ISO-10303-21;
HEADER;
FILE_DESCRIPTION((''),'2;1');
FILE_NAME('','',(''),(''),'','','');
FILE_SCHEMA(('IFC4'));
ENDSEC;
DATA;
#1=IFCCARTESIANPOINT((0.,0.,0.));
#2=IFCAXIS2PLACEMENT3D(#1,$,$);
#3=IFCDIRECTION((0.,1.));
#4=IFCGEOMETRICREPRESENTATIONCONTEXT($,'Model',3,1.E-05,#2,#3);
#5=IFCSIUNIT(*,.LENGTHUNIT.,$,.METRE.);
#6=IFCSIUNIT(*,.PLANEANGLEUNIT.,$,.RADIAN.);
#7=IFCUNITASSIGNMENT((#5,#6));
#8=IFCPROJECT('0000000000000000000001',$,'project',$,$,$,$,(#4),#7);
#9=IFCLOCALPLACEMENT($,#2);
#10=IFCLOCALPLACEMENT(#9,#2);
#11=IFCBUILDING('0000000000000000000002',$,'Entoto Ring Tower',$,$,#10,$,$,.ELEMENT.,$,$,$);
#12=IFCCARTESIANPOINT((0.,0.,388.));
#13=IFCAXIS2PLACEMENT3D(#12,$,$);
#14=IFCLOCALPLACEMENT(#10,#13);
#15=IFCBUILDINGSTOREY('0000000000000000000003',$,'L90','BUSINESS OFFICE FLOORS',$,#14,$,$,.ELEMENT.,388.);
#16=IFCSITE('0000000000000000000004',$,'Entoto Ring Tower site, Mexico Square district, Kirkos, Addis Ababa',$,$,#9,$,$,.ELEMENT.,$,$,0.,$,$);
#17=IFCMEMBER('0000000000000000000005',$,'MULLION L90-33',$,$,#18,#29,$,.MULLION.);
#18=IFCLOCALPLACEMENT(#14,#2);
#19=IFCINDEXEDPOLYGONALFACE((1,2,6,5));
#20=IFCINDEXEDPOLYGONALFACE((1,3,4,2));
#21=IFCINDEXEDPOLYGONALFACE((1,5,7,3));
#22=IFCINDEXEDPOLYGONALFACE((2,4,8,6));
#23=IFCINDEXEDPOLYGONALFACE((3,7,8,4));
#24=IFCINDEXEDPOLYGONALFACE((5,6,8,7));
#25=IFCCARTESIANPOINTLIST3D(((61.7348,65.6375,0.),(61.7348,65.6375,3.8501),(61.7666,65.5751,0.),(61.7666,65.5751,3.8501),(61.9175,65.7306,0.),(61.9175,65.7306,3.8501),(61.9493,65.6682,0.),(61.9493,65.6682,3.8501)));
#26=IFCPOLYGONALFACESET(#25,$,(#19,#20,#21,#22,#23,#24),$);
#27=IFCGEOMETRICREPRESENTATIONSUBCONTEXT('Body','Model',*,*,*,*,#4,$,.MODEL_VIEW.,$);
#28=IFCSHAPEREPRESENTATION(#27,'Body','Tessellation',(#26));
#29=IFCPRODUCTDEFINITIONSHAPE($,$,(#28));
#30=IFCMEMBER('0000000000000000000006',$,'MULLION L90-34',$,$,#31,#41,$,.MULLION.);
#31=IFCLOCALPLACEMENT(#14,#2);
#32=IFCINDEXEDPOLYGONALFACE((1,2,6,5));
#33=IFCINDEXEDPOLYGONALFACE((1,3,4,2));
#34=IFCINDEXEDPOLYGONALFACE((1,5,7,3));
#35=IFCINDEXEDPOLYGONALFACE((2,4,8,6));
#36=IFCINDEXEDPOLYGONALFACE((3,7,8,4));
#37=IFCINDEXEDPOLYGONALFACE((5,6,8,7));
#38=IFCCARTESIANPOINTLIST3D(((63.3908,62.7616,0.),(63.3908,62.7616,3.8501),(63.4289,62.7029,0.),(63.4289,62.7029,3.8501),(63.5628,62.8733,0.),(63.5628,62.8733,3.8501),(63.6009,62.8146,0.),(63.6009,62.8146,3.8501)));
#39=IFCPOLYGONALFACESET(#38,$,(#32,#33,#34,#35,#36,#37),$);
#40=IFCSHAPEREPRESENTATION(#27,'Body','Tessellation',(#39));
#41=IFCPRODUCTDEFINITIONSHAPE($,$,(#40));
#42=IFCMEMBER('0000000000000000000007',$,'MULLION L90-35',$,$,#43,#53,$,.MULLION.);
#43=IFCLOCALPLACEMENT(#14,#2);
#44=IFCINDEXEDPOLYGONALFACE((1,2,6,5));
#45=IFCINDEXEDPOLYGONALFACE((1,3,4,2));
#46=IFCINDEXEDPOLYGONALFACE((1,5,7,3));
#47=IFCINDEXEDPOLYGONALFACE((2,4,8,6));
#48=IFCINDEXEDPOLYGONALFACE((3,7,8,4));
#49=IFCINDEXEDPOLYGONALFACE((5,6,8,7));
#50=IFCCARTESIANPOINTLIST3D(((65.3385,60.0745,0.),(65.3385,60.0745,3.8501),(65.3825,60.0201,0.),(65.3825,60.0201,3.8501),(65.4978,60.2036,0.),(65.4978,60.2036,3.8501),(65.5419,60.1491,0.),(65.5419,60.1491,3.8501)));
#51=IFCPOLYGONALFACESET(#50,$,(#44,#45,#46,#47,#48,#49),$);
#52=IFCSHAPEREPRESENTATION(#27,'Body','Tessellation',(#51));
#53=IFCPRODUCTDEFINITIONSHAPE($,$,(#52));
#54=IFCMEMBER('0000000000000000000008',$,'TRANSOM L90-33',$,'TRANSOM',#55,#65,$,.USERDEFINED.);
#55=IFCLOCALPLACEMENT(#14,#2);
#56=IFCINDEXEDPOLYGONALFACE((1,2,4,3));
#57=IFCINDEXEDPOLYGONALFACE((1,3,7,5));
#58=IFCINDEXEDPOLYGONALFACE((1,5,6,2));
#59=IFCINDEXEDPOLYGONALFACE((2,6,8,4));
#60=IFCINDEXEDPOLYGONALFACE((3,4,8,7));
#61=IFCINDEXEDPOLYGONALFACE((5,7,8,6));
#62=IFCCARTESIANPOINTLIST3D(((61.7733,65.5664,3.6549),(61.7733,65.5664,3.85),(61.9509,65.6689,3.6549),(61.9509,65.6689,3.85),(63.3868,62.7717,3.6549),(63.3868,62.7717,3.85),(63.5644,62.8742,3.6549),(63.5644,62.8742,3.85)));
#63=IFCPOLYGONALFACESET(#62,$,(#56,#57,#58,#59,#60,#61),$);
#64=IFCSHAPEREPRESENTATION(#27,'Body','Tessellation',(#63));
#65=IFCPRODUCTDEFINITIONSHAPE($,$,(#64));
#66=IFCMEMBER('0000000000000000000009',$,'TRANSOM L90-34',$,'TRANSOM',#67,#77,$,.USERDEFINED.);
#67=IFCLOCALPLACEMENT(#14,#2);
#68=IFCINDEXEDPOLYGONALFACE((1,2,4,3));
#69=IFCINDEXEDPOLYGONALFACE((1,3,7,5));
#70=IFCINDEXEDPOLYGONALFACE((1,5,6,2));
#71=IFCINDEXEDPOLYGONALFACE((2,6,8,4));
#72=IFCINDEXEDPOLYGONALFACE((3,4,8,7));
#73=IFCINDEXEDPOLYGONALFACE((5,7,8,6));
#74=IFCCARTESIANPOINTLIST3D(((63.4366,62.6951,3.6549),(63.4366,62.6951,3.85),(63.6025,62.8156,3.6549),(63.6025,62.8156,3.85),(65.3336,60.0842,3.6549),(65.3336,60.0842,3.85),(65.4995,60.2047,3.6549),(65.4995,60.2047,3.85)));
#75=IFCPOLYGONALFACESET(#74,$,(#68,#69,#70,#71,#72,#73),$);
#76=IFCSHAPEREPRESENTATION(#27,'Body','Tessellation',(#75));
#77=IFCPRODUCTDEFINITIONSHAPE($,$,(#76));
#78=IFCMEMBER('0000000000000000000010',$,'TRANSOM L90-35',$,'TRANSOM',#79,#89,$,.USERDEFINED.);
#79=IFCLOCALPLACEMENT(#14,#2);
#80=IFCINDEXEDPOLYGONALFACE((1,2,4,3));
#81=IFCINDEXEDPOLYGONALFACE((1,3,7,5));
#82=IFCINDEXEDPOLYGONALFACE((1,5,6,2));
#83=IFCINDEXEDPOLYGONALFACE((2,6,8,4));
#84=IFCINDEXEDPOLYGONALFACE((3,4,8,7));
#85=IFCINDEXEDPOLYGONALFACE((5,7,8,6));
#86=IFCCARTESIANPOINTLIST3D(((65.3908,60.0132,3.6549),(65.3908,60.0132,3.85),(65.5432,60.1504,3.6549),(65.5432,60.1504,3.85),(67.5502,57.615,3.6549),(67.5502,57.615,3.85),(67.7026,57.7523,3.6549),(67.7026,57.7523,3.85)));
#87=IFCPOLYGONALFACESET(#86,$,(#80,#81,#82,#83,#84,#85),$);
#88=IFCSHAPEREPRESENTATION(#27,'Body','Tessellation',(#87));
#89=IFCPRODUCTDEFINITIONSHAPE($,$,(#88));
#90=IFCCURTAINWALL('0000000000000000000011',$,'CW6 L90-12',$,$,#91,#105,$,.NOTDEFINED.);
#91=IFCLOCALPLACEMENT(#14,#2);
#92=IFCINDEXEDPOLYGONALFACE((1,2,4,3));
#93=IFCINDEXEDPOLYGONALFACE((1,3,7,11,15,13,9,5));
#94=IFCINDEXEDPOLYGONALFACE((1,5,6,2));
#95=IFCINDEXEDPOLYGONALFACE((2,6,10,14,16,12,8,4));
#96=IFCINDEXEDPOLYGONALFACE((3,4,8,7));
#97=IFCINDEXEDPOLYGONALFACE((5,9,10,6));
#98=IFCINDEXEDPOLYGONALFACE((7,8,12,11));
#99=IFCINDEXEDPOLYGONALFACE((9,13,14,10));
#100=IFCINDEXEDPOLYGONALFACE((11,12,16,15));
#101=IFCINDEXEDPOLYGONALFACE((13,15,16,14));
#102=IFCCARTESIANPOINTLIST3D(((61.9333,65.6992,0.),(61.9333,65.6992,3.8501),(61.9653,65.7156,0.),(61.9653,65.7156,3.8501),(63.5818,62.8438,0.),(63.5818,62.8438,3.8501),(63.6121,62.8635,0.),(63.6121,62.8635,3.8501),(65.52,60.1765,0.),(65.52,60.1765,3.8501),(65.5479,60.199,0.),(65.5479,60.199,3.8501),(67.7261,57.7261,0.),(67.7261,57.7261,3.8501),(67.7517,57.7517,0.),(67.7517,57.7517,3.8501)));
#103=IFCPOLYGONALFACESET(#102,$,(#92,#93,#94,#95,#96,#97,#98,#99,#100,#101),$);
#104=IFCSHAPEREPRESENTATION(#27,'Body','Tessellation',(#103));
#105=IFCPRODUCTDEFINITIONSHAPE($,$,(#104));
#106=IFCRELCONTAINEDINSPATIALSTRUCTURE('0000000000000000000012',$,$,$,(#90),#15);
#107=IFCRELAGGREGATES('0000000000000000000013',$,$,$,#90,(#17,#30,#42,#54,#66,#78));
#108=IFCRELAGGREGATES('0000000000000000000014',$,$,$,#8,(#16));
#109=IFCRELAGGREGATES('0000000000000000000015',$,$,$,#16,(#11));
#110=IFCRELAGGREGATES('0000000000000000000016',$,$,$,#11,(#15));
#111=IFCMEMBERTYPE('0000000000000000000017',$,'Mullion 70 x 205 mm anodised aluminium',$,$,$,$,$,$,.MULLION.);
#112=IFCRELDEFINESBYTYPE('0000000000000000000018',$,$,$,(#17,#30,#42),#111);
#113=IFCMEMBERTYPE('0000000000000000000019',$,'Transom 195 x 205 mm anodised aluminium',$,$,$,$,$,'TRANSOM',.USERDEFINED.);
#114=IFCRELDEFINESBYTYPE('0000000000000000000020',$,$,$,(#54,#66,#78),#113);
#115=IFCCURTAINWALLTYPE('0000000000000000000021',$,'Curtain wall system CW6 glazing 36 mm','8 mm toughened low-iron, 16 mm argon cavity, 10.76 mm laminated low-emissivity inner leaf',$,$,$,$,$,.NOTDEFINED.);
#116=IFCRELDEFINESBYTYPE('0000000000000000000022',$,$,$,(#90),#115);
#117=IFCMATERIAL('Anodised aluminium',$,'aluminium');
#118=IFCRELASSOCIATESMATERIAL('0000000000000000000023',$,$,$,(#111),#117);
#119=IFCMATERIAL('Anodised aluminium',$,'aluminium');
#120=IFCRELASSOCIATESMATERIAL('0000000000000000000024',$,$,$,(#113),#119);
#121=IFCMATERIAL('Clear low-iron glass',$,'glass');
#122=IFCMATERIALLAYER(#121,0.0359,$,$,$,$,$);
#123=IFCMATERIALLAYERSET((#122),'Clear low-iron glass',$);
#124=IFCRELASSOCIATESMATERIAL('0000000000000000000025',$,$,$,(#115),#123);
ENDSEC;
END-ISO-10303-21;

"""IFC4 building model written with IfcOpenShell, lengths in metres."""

from ifc_helpers import new_model, si_unit, direction, frame, origin, origin_2d, place, context, subcontext, project, spatial, polyline, rectangle, outline, extrude, material, layer, layer_set, material_profile, profile_set, type_object, element, aggregate, save


model = new_model("IFC4")

# Units and contexts
model_context = context("Model", 3, precision=1e-05, world=origin(), true_north=direction((0.0, 1.0)))
body_context = subcontext(model_context, "Body", "Model", "MODEL_VIEW")
ifc_project = project(units=[si_unit("LENGTHUNIT", "METRE"), si_unit("PLANEANGLEUNIT", "RADIAN")], contexts=[model_context])

# Members
ifc_material_1 = material(Name="Anodised aluminium", Category="aluminium")
ifc_material_profile_1 = material_profile(ifc_material_1, rectangle(XDim=0.0701, YDim=0.2051, at=origin_2d()), Name="Mullion 70 x 205 mm anodised aluminium")
ifc_profile_set_1 = profile_set([ifc_material_profile_1], Name="Anodised aluminium")
member_type_1 = type_object("IfcMemberType", Name="Mullion 70 x 205 mm anodised aluminium", PredefinedType="MULLION", material=ifc_profile_set_1)
site_placement = place(None, origin())
building_placement = place(site_placement, origin())
storey_placement = place(building_placement, frame((0.0, 0.0, 388.0)))
member_1_placement = place(storey_placement, frame((61.842, 65.6528, 0.0), z_axis=(0.0, 0.0, 1.0), x_axis=(0.45399, -0.891007, 0.0)))
member_1 = element("IfcMember", 1, at=member_1_placement, type_object=member_type_1, Name="MULLION L90-33", PredefinedType="MULLION", context=body_context, shape_type="SweptSolid", body=[
    extrude(rectangle(XDim=0.0701, YDim=0.2051, at=origin_2d()), origin(), (0.0, 0.0, 1.0), 3.8501),
])
member_2_placement = place(storey_placement, frame((63.4958, 62.7881, 0.0), z_axis=(0.0, 0.0, 1.0), x_axis=(0.544639, -0.838671, 0.0)))
member_2 = element("IfcMember", 2, at=member_2_placement, type_object=member_type_1, Name="MULLION L90-34", PredefinedType="MULLION", context=body_context, shape_type="SweptSolid", body=[
    extrude(rectangle(XDim=0.0701, YDim=0.2051, at=origin_2d()), origin(), (0.0, 0.0, 1.0), 3.8501),
])
member_3_placement = place(storey_placement, frame((65.4402, 60.1118, 0.0), z_axis=(0.0, 0.0, 1.0), x_axis=(0.62932, -0.777146, 0.0)))
member_3 = element("IfcMember", 3, at=member_3_placement, type_object=member_type_1, Name="MULLION L90-35", PredefinedType="MULLION", context=body_context, shape_type="SweptSolid", body=[
    extrude(rectangle(XDim=0.0701, YDim=0.2051, at=origin_2d()), origin(), (0.0, 0.0, 1.0), 3.8501),
])
ifc_material_2 = material(Name="Anodised aluminium", Category="aluminium")
ifc_material_profile_2 = material_profile(ifc_material_2, rectangle(XDim=0.2051, YDim=0.1951, at=origin_2d()), Name="Transom 195 x 205 mm anodised aluminium")
ifc_profile_set_2 = profile_set([ifc_material_profile_2], Name="Anodised aluminium")
member_type_2 = type_object("IfcMemberType", Name="Transom 195 x 205 mm anodised aluminium", ElementType="TRANSOM", PredefinedType="USERDEFINED", material=ifc_profile_set_2)
member_4_placement = place(storey_placement, frame((61.8621, 65.6177, 3.7524), z_axis=(0.500004, -0.866023, 0.0), x_axis=(0.866023, 0.500004, 0.0)))
member_4 = element("IfcMember", 4, at=member_4_placement, type_object=member_type_2, Name="TRANSOM L90-33", ObjectType="TRANSOM", PredefinedType="USERDEFINED", context=body_context, shape_type="SweptSolid", body=[
    extrude(rectangle(XDim=0.2051, YDim=0.1951, at=origin_2d()), origin(), (0.0, 0.0, 1.0), 3.2271),
])
member_5_placement = place(storey_placement, frame((63.5195, 62.7554, 3.7524), z_axis=(0.587803, -0.809004, 0.0), x_axis=(0.809004, 0.587803, 0.0)))
member_5 = element("IfcMember", 5, at=member_5_placement, type_object=member_type_2, Name="TRANSOM L90-34", ObjectType="TRANSOM", PredefinedType="USERDEFINED", context=body_context, shape_type="SweptSolid", body=[
    extrude(rectangle(XDim=0.2051, YDim=0.1951, at=origin_2d()), origin(), (0.0, 0.0, 1.0), 3.2273),
])
member_6_placement = place(storey_placement, frame((65.467, 60.0818, 3.7524), z_axis=(0.669144, -0.743132, 0.0), x_axis=(0.743132, 0.669144, 0.0)))
member_6 = element("IfcMember", 6, at=member_6_placement, type_object=member_type_2, Name="TRANSOM L90-35", ObjectType="TRANSOM", PredefinedType="USERDEFINED", context=body_context, shape_type="SweptSolid", body=[
    extrude(rectangle(XDim=0.2051, YDim=0.1951, at=origin_2d()), origin(), (0.0, 0.0, 1.0), 3.2271),
])

# Site, building, storey
site = spatial("IfcSite", under=ifc_project, at=site_placement, Name="Entoto Ring Tower site, Mexico Square district, Kirkos, Addis Ababa", CompositionType="ELEMENT", RefElevation=0.0)
building = spatial("IfcBuilding", under=site, at=building_placement, Name="Entoto Ring Tower", CompositionType="ELEMENT")
storey = spatial("IfcBuildingStorey", under=building, at=storey_placement, Name="L90", Description="BUSINESS OFFICE FLOORS", CompositionType="ELEMENT", Elevation=388.0)

# Curtain wall
ifc_material_3 = material(Name="Clear low-iron glass", Category="glass")
ifc_layer = layer(ifc_material_3, 0.0359)
ifc_layer_set = layer_set([ifc_layer], Name="Clear low-iron glass")
curtain_wall_type = type_object("IfcCurtainWallType", Name="Curtain wall system CW6 glazing 36 mm", Description="8 mm toughened low-iron, 16 mm argon cavity, 10.76 mm laminated low-emissivity inner leaf", PredefinedType="NOTDEFINED", material=ifc_layer_set)
curtain_wall_1_placement = place(storey_placement, origin())
curtain_wall_1 = element("IfcCurtainWall", 7, at=curtain_wall_1_placement, inside=storey, type_object=curtain_wall_type, Name="CW6 L90-12", PredefinedType="NOTDEFINED", context=body_context, shape_type="SweptSolid", body=[
    extrude(outline(polyline([(61.9333, 65.6992), (63.5818, 62.8438), (65.52, 60.1765), (67.7261, 57.7261), (67.7517, 57.7517), (65.5479, 60.199), (63.6121, 62.8635), (61.9653, 65.7156), (61.9333, 65.6992)])), origin(), (0.0, 0.0, 1.0), 3.8501),
])
aggregate(curtain_wall_1, [member_1, member_2, member_3, member_4, member_5, member_6])

save(model, "model.ifc")
